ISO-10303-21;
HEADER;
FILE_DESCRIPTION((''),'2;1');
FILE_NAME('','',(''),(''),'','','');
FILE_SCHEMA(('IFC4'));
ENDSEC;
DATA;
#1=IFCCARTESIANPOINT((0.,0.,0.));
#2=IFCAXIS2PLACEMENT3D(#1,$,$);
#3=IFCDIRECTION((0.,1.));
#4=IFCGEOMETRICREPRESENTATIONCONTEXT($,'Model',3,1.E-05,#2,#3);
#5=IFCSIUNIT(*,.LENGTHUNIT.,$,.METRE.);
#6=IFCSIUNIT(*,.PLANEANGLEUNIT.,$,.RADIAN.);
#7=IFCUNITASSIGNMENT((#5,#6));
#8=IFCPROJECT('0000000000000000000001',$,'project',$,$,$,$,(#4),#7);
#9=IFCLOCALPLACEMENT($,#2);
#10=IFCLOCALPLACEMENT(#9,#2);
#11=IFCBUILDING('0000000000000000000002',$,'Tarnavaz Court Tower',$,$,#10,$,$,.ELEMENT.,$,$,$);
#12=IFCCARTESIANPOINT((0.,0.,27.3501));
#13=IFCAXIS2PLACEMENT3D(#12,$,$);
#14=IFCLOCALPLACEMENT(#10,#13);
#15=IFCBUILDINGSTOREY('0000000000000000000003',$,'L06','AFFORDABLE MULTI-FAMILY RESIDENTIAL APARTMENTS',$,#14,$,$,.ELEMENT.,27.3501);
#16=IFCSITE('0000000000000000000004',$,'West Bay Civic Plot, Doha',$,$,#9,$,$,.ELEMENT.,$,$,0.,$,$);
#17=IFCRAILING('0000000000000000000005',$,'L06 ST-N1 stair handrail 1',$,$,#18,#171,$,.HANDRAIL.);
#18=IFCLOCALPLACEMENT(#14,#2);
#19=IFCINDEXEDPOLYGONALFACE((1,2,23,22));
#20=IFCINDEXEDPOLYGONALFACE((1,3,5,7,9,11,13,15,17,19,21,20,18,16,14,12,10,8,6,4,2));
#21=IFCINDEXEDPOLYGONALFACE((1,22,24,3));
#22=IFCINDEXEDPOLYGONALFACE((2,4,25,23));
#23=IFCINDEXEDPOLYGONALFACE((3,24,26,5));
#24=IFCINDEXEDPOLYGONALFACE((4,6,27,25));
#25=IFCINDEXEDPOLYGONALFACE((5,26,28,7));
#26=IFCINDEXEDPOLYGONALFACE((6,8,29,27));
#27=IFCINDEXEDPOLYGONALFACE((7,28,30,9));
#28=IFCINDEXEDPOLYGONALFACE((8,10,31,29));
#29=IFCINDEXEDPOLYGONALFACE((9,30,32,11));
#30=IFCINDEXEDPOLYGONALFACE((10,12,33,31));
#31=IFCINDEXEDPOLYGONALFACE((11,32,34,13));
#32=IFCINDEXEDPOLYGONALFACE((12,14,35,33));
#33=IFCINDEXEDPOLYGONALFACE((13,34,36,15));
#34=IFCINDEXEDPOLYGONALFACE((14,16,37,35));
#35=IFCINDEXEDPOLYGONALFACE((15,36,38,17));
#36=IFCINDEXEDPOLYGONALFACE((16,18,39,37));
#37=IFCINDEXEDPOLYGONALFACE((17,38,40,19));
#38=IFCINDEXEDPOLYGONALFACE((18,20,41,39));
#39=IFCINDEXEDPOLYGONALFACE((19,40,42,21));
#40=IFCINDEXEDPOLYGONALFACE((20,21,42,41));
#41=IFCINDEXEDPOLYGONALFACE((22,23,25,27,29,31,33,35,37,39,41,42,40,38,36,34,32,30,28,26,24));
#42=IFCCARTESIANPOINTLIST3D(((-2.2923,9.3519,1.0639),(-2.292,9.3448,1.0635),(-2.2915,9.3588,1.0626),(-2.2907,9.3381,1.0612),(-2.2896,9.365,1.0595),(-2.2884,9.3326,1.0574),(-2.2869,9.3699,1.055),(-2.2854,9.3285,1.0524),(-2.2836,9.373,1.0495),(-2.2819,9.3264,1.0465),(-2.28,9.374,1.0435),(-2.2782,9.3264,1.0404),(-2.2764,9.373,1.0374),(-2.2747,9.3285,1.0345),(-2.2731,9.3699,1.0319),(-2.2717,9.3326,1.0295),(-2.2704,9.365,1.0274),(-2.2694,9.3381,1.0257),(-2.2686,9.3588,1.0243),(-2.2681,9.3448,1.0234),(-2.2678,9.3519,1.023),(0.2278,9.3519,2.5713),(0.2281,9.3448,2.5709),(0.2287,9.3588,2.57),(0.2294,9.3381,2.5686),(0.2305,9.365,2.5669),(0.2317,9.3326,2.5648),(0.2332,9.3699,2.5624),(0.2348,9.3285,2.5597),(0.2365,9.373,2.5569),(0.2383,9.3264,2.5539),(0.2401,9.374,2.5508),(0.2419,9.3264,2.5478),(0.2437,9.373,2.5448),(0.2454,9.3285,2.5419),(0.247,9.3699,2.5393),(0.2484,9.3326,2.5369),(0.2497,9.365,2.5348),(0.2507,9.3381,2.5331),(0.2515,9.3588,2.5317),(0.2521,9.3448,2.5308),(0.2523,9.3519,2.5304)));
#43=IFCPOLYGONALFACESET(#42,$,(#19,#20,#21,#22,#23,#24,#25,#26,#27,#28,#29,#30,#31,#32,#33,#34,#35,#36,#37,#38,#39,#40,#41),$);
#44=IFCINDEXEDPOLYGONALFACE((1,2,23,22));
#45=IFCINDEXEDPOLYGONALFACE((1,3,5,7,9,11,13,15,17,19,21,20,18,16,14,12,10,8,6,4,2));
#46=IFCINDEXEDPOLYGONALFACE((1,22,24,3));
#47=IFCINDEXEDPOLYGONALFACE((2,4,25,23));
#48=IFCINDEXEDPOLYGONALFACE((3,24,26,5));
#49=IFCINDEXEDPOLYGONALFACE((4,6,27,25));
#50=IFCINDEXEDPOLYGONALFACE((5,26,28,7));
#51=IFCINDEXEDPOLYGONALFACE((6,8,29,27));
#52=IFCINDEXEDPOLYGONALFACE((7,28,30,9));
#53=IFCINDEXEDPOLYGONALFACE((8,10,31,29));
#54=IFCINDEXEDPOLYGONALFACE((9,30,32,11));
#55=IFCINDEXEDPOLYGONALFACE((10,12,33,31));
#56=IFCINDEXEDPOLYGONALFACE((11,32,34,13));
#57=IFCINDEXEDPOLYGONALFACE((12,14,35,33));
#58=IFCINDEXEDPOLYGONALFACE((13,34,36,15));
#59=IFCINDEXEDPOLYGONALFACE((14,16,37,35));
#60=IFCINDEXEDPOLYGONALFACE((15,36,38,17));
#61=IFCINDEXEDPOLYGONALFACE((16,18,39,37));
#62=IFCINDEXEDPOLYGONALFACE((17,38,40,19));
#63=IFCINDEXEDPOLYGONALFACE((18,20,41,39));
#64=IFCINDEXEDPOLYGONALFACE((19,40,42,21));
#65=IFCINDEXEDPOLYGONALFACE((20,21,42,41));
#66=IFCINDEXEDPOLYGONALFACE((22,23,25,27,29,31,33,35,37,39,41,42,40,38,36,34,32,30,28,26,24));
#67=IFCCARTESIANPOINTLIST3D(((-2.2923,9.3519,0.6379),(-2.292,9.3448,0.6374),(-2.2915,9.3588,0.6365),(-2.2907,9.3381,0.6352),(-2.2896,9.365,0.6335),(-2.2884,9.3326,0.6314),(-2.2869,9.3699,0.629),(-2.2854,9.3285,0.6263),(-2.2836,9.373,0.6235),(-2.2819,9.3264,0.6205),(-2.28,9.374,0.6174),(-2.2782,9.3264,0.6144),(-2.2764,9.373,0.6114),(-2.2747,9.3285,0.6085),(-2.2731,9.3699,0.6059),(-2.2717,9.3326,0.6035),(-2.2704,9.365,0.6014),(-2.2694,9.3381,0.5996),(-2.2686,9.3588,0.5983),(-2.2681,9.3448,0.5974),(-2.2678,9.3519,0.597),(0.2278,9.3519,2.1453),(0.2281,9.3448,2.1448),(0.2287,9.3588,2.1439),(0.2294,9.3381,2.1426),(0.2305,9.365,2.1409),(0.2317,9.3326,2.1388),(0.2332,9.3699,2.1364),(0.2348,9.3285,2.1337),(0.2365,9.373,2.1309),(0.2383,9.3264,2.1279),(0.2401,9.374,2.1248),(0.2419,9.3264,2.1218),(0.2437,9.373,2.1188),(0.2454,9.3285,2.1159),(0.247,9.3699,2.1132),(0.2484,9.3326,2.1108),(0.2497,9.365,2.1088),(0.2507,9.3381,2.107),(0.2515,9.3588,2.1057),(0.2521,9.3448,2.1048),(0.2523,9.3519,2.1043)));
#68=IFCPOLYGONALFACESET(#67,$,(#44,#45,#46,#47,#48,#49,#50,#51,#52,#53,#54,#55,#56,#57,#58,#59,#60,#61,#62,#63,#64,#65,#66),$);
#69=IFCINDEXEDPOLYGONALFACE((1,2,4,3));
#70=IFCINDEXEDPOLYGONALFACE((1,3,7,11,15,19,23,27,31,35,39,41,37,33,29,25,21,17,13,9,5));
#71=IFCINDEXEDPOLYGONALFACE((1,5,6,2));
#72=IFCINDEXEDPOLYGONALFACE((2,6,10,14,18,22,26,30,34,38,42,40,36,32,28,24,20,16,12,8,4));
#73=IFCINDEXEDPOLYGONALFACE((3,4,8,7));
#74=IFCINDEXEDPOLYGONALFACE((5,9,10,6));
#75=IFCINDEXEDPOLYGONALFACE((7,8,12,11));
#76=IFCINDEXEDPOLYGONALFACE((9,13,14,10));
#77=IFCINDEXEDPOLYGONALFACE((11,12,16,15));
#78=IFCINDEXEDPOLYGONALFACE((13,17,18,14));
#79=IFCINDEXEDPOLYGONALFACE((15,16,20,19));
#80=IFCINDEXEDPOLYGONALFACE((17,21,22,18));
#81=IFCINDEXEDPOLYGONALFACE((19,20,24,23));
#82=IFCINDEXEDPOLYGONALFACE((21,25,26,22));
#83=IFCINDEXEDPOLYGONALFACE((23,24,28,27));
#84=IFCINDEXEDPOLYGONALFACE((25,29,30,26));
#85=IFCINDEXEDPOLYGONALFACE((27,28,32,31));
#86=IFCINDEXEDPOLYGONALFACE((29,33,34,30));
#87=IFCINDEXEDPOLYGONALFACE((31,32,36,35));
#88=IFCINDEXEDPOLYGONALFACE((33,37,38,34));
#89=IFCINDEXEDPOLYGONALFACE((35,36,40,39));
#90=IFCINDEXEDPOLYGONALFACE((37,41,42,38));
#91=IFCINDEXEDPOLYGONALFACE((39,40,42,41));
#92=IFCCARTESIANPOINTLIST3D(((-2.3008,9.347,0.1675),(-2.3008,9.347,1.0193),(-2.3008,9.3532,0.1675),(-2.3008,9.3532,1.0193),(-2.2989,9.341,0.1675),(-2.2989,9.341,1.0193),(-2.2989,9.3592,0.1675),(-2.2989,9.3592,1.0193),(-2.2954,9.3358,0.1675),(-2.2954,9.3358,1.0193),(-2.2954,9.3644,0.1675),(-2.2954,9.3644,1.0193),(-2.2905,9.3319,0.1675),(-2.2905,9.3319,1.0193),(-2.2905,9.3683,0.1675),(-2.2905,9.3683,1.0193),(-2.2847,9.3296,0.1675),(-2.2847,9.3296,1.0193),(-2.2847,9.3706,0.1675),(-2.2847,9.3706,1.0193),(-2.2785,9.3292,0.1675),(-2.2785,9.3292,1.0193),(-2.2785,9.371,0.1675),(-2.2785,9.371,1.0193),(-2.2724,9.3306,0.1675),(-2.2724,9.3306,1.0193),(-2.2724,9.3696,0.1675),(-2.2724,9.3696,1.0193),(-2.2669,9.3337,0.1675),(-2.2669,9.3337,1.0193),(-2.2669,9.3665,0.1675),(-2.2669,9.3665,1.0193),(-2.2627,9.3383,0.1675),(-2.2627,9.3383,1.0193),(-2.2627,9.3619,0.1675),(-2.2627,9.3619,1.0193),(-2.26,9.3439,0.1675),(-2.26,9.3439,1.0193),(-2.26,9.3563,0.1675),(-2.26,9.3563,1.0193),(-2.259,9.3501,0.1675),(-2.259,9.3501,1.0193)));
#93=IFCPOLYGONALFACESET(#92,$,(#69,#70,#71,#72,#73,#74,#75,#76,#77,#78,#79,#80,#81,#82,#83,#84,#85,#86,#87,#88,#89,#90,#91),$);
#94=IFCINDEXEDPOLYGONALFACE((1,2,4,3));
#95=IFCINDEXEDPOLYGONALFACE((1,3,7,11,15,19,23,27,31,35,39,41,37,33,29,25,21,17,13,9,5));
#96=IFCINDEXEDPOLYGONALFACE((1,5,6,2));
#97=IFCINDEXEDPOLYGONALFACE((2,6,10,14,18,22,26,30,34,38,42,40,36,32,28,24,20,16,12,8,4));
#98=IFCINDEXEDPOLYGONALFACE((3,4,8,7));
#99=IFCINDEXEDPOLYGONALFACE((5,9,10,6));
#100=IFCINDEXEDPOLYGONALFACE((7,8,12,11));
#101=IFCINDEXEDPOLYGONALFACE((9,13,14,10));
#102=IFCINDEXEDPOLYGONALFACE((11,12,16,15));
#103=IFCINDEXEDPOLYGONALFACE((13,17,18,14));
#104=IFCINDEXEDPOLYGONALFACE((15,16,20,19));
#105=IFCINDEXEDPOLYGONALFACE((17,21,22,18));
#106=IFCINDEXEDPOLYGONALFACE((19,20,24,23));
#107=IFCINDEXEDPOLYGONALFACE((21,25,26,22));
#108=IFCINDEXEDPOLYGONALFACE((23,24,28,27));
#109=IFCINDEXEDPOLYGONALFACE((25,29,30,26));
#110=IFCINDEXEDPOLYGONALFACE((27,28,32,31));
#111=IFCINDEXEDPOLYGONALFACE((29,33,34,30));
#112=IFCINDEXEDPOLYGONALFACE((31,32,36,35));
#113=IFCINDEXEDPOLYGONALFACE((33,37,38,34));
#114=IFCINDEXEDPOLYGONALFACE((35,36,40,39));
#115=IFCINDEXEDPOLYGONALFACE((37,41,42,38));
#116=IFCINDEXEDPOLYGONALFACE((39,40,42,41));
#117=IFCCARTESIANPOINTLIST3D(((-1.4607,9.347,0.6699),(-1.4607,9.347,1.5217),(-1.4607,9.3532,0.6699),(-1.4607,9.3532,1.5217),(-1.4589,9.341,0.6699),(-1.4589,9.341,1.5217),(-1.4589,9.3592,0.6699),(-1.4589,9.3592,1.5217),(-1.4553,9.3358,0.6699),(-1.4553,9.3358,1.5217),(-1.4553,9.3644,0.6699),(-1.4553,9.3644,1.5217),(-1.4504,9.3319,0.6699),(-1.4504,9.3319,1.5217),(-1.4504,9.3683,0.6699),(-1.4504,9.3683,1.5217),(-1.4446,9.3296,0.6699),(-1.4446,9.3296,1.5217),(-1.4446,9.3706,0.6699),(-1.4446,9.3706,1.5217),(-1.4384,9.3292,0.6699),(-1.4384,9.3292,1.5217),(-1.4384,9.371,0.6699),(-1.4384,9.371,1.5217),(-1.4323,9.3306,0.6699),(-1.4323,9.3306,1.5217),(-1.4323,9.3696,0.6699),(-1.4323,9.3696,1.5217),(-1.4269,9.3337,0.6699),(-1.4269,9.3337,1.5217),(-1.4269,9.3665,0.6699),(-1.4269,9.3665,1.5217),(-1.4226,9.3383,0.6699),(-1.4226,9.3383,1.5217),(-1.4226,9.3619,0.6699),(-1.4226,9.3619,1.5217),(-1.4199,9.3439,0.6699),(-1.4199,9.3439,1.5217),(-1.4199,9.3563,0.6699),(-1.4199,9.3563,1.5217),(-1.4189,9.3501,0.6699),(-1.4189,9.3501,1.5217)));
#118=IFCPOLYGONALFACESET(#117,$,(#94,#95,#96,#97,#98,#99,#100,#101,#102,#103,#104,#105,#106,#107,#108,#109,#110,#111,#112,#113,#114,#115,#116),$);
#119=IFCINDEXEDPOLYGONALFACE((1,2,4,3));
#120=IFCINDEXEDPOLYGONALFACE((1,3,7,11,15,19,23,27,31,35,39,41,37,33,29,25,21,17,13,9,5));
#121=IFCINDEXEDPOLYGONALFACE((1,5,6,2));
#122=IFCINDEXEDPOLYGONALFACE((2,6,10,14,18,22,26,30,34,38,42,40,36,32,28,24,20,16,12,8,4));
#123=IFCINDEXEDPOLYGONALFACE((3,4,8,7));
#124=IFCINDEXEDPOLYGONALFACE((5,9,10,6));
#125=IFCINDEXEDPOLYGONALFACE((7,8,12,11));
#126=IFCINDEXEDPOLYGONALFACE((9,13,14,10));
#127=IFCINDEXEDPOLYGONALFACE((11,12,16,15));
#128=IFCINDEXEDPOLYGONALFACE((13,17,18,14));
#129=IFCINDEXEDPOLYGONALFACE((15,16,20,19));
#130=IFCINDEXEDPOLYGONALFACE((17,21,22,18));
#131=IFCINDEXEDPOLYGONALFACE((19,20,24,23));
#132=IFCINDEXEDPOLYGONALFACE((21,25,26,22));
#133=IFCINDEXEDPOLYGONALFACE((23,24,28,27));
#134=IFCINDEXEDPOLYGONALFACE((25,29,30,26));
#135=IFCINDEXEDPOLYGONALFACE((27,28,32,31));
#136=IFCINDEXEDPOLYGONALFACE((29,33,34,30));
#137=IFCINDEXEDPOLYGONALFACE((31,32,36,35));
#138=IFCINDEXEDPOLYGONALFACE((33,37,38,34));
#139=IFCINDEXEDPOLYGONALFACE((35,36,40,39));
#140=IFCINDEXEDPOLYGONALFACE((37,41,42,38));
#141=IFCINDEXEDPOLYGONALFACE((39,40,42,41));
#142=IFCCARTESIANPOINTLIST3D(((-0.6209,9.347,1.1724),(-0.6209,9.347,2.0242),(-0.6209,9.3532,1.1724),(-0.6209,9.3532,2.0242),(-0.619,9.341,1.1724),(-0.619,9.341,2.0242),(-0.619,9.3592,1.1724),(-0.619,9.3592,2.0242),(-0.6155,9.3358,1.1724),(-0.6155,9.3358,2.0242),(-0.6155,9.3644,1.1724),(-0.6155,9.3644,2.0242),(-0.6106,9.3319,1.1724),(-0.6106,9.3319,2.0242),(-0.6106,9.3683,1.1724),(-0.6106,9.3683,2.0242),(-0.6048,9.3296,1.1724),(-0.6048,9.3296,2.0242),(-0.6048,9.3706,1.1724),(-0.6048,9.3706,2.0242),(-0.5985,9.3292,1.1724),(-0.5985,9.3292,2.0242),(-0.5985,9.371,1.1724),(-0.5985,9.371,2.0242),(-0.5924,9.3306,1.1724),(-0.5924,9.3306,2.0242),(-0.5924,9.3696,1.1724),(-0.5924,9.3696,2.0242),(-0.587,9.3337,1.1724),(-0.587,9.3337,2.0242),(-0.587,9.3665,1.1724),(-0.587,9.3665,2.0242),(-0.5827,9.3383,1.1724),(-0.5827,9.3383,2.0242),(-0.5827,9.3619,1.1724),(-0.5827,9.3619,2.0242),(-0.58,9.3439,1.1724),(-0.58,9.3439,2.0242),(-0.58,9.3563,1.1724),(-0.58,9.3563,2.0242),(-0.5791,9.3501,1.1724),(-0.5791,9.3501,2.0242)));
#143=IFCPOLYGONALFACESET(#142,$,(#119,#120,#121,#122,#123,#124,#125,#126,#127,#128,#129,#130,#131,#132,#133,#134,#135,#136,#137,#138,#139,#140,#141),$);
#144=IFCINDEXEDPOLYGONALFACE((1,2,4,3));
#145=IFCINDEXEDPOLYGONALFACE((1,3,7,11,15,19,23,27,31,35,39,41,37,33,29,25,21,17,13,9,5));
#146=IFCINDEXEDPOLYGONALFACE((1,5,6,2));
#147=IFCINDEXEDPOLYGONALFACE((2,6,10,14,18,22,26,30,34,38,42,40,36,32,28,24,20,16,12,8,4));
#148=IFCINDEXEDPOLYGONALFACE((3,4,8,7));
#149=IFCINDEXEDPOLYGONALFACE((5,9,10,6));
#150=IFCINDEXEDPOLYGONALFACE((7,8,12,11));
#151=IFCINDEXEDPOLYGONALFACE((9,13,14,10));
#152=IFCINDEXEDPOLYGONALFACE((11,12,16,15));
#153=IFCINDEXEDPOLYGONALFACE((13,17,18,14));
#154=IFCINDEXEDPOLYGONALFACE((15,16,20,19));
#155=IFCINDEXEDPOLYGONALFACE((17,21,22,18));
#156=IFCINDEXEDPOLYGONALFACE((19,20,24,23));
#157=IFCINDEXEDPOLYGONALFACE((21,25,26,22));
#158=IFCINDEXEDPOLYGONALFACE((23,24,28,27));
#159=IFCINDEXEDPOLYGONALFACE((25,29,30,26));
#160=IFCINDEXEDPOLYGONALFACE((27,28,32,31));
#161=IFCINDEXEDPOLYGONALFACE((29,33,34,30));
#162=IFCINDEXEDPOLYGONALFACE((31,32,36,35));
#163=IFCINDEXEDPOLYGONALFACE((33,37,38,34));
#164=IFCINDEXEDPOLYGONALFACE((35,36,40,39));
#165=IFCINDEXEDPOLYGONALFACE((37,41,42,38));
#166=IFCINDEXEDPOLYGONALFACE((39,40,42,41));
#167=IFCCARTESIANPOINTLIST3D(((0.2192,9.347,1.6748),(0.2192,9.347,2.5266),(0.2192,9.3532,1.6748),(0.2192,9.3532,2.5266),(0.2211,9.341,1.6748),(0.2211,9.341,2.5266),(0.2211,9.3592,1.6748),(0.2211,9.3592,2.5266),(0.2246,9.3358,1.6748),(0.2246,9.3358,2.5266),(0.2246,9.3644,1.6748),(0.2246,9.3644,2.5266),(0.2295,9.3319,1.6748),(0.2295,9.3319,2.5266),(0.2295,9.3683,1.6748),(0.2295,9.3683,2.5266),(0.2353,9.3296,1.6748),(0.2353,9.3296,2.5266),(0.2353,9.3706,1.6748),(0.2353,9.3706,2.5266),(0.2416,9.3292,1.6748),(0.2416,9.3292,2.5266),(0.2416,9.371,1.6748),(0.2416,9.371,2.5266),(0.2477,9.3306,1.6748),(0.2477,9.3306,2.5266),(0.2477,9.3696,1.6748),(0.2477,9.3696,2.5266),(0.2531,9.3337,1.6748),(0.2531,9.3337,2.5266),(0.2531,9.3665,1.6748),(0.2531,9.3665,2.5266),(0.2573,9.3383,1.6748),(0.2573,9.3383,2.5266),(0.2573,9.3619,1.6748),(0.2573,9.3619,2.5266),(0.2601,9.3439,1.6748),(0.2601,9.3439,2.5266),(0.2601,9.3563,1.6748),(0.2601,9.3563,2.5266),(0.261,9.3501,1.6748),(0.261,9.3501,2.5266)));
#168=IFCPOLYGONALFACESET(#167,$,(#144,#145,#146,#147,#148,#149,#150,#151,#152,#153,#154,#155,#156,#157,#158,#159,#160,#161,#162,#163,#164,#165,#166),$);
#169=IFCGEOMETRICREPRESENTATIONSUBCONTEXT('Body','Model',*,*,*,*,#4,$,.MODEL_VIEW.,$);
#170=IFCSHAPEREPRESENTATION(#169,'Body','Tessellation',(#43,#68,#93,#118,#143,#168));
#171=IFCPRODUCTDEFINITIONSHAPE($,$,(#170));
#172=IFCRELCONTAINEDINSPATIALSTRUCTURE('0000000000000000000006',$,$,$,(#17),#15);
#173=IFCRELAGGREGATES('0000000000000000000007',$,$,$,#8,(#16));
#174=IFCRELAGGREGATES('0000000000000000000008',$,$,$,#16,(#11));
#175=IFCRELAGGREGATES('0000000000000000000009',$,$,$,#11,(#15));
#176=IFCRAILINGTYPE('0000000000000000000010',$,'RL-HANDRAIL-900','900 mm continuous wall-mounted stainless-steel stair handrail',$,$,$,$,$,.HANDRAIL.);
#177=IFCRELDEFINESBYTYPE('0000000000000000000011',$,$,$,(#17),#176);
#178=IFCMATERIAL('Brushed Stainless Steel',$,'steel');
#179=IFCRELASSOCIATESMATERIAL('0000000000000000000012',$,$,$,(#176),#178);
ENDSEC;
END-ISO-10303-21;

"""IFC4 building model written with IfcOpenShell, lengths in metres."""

from ifc_helpers import new_model, si_unit, direction, frame, origin, origin_2d, place, context, subcontext, project, spatial, circle, extrude, material, type_object, element, save


model = new_model("IFC4")

# Units and contexts
model_context = context("Model", 3, precision=1e-05, world=origin(), true_north=direction((0.0, 1.0)))
body_context = subcontext(model_context, "Body", "Model", "MODEL_VIEW")
ifc_project = project(units=[si_unit("LENGTHUNIT", "METRE"), si_unit("PLANEANGLEUNIT", "RADIAN")], contexts=[model_context])

# Site, building, storey
site_placement = place(None, origin())
site = spatial("IfcSite", under=ifc_project, at=site_placement, Name="West Bay Civic Plot, Doha", CompositionType="ELEMENT", RefElevation=0.0)
building_placement = place(site_placement, origin())
building = spatial("IfcBuilding", under=site, at=building_placement, Name="Tarnavaz Court Tower", CompositionType="ELEMENT")
storey_placement = place(building_placement, frame((0.0, 0.0, 27.3501)))
storey = spatial("IfcBuildingStorey", under=building, at=storey_placement, Name="L06", Description="AFFORDABLE MULTI-FAMILY RESIDENTIAL APARTMENTS", CompositionType="ELEMENT", Elevation=27.3501)

# Railing
ifc_material_1 = material(Name="Brushed Stainless Steel", Category="steel")
railing_type_1 = type_object("IfcRailingType", Name="RL-HANDRAIL-900", Description="900 mm continuous wall-mounted stainless-steel stair handrail", PredefinedType="HANDRAIL", material=ifc_material_1)
railing_1_placement = place(storey_placement, frame((-2.28, 9.3501, 0.1675)))
element("IfcRailing", 1, at=railing_1_placement, inside=storey, type_object=railing_type_1, Name="L06 ST-N1 stair handrail 1", PredefinedType="HANDRAIL", context=body_context, shape_type="SweptSolid", body=[
    extrude(circle(Radius=0.0239, at=origin_2d()), frame((0.0, 0.0, 0.876), z_axis=(0.858196, 0.0, 0.513321), x_axis=(0.0, 1.0, 0.0)), (0.0, 0.0, 1.0), 2.9365),
    extrude(circle(Radius=0.0239, at=origin_2d()), frame((0.0, 0.0, 0.45), z_axis=(0.858196, 0.0, 0.513321), x_axis=(0.0, 1.0, 0.0)), (0.0, 0.0, 1.0), 2.9365),
    extrude(circle(Radius=0.021, at=origin_2d()), origin(), (0.0, 0.0, 1.0), 0.8518),
    extrude(circle(Radius=0.021, at=origin_2d()), frame((0.8401, 0.0, 0.5024)), (0.0, 0.0, 1.0), 0.8518),
    extrude(circle(Radius=0.021, at=origin_2d()), frame((1.6799, 0.0, 1.0049)), (0.0, 0.0, 1.0), 0.8518),
    extrude(circle(Radius=0.021, at=origin_2d()), frame((2.52, 0.0, 1.5073)), (0.0, 0.0, 1.0), 0.8518),
])

save(model, "model.ifc")
